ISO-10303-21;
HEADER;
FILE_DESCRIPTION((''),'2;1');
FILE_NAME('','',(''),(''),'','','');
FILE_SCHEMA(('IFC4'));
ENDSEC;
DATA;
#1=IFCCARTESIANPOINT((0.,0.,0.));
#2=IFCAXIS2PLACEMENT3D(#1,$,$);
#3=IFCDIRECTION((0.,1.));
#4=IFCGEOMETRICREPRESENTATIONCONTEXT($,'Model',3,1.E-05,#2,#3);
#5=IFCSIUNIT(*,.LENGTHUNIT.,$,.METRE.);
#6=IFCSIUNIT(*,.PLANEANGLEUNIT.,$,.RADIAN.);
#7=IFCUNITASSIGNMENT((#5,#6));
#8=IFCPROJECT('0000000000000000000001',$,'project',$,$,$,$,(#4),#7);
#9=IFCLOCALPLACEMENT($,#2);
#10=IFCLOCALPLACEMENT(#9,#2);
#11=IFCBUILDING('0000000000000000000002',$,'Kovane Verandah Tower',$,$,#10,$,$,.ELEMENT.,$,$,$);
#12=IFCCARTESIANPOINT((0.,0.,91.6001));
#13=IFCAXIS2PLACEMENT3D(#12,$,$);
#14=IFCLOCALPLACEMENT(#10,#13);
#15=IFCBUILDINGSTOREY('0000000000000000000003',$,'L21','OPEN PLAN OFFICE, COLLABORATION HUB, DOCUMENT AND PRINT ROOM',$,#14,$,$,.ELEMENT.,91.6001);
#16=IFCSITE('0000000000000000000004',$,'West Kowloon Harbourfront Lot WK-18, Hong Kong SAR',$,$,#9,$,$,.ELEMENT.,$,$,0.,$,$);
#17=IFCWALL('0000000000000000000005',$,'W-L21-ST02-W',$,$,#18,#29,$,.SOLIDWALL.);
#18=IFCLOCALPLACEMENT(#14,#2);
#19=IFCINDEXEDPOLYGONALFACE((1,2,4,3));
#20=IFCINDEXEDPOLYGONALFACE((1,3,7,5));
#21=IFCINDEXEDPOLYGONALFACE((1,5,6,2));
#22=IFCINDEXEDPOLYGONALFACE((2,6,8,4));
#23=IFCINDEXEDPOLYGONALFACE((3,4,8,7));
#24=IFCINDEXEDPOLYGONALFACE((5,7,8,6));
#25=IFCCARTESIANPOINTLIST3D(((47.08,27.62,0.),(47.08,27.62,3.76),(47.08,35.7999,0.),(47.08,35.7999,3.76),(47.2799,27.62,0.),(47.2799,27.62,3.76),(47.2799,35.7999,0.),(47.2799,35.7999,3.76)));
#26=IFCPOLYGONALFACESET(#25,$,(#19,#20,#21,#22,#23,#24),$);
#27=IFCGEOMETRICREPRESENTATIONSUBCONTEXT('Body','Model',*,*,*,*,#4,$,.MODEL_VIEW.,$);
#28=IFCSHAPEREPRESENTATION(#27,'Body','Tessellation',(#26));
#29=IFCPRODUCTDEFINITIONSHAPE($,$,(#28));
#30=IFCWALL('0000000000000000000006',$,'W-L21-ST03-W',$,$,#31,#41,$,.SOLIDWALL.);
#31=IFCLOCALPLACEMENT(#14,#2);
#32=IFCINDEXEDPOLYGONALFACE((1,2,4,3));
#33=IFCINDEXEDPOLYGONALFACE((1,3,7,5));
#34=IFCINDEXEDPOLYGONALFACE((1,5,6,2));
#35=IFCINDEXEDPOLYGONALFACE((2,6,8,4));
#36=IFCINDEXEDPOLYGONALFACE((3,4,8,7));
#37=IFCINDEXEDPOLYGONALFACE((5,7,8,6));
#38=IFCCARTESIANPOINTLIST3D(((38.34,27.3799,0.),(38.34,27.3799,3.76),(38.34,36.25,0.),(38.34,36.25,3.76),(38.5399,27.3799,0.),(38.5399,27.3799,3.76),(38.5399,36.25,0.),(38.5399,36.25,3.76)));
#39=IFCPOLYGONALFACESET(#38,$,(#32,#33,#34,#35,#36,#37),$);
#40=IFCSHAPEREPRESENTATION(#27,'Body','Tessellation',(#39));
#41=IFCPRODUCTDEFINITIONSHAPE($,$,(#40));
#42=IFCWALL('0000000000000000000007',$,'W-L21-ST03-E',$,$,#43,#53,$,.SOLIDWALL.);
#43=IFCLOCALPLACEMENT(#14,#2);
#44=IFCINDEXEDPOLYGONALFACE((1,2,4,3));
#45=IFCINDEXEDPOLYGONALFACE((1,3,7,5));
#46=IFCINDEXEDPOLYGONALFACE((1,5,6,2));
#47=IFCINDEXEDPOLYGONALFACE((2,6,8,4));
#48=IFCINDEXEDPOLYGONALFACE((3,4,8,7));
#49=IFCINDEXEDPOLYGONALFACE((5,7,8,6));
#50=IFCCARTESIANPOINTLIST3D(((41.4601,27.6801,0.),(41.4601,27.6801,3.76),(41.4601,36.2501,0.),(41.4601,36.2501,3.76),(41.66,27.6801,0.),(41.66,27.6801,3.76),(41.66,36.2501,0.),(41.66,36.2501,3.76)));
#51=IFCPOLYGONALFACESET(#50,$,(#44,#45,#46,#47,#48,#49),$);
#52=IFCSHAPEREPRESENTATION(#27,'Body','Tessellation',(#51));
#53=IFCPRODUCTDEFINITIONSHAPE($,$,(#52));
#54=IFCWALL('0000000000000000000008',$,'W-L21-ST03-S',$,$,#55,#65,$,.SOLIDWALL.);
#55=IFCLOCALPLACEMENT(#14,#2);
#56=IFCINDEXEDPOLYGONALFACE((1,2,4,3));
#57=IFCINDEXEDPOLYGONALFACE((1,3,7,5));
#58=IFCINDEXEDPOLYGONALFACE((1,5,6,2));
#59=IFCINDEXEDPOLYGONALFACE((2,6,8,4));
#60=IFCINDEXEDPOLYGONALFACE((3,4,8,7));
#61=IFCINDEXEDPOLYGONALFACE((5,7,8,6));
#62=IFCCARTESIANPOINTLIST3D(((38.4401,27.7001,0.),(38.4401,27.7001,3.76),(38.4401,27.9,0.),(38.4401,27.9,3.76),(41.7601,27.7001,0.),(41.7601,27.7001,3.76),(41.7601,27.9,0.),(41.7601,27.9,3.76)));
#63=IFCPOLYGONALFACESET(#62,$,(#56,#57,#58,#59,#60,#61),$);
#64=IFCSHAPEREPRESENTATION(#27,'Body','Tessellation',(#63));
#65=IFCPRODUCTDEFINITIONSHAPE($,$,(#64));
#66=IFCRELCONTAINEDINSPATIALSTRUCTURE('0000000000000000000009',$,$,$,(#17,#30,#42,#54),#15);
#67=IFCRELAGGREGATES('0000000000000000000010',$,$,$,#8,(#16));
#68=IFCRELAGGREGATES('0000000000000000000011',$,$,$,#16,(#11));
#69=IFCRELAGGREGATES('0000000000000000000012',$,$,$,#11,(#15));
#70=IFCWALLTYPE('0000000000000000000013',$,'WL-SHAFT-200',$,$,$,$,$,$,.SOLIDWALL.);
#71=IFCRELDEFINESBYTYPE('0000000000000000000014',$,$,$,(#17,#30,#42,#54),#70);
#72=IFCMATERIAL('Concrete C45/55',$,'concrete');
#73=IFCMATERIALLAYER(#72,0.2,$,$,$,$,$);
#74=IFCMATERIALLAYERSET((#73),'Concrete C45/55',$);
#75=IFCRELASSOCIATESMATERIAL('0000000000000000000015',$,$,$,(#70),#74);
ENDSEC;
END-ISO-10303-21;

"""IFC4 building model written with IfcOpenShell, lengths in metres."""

from ifc_helpers import new_model, si_unit, direction, frame, frame_2d, origin, place, context, subcontext, project, spatial, rectangle, extrude, material, layer, layer_set, type_object, element, save


model = new_model("IFC4")

# Units and contexts
model_context = context("Model", 3, precision=1e-05, world=origin(), true_north=direction((0.0, 1.0)))
body_context = subcontext(model_context, "Body", "Model", "MODEL_VIEW")
ifc_project = project(units=[si_unit("LENGTHUNIT", "METRE"), si_unit("PLANEANGLEUNIT", "RADIAN")], contexts=[model_context])

# Site, building, storey
site_placement = place(None, origin())
site = spatial("IfcSite", under=ifc_project, at=site_placement, Name="West Kowloon Harbourfront Lot WK-18, Hong Kong SAR", CompositionType="ELEMENT", RefElevation=0.0)
building_placement = place(site_placement, origin())
building = spatial("IfcBuilding", under=site, at=building_placement, Name="Kovane Verandah Tower", CompositionType="ELEMENT")
storey_placement = place(building_placement, frame((0.0, 0.0, 91.6001)))
storey = spatial("IfcBuildingStorey", under=building, at=storey_placement, Name="L21", Description="OPEN PLAN OFFICE, COLLABORATION HUB, DOCUMENT AND PRINT ROOM", CompositionType="ELEMENT", Elevation=91.6001)

# Walls
ifc_material_1 = material(Name="Concrete C45/55", Category="concrete")
ifc_layer_1 = layer(ifc_material_1, 0.2)
ifc_layer_set_1 = layer_set([ifc_layer_1], Name="Concrete C45/55")
wall_type_1 = type_object("IfcWallType", Name="WL-SHAFT-200", PredefinedType="SOLIDWALL", material=ifc_layer_set_1)
wall_1_placement = place(storey_placement, frame((47.1799, 27.6201, 0.0), z_axis=(0.0, 0.0, 1.0), x_axis=(0.0, 1.0, 0.0)))
element("IfcWall", 1, at=wall_1_placement, inside=storey, type_object=wall_type_1, Name="W-L21-ST02-W", PredefinedType="SOLIDWALL", context=body_context, shape_type="SweptSolid", body=[
    extrude(rectangle(XDim=8.1799, YDim=0.2, at=frame_2d((4.0898, 0.0))), origin(), (0.0, 0.0, 1.0), 3.76),
])
wall_2_placement = place(storey_placement, frame((38.4399, 27.3799, 0.0), z_axis=(0.0, 0.0, 1.0), x_axis=(0.0, 1.0, 0.0)))
element("IfcWall", 2, at=wall_2_placement, inside=storey, type_object=wall_type_1, Name="W-L21-ST03-W", PredefinedType="SOLIDWALL", context=body_context, shape_type="SweptSolid", body=[
    extrude(rectangle(XDim=8.8701, YDim=0.2, at=frame_2d((4.4351, 0.0))), origin(), (0.0, 0.0, 1.0), 3.76),
])
wall_3_placement = place(storey_placement, frame((41.5601, 27.6799, 0.0), z_axis=(0.0, 0.0, 1.0), x_axis=(0.0, 1.0, 0.0)))
element("IfcWall", 3, at=wall_3_placement, inside=storey, type_object=wall_type_1, Name="W-L21-ST03-E", PredefinedType="SOLIDWALL", context=body_context, shape_type="SweptSolid", body=[
    extrude(rectangle(XDim=8.5701, YDim=0.2, at=frame_2d((4.2852, 0.0))), origin(), (0.0, 0.0, 1.0), 3.76),
])
wall_4_placement = place(storey_placement, frame((38.4399, 27.8, 0.0), z_axis=(0.0, 0.0, 1.0), x_axis=(1.0, 0.0, 0.0)))
element("IfcWall", 4, at=wall_4_placement, inside=storey, type_object=wall_type_1, Name="W-L21-ST03-S", PredefinedType="SOLIDWALL", context=body_context, shape_type="SweptSolid", body=[
    extrude(rectangle(XDim=3.3201, YDim=0.2, at=frame_2d((1.6602, 0.0))), origin(), (0.0, 0.0, 1.0), 3.76),
])

save(model, "model.ifc")
